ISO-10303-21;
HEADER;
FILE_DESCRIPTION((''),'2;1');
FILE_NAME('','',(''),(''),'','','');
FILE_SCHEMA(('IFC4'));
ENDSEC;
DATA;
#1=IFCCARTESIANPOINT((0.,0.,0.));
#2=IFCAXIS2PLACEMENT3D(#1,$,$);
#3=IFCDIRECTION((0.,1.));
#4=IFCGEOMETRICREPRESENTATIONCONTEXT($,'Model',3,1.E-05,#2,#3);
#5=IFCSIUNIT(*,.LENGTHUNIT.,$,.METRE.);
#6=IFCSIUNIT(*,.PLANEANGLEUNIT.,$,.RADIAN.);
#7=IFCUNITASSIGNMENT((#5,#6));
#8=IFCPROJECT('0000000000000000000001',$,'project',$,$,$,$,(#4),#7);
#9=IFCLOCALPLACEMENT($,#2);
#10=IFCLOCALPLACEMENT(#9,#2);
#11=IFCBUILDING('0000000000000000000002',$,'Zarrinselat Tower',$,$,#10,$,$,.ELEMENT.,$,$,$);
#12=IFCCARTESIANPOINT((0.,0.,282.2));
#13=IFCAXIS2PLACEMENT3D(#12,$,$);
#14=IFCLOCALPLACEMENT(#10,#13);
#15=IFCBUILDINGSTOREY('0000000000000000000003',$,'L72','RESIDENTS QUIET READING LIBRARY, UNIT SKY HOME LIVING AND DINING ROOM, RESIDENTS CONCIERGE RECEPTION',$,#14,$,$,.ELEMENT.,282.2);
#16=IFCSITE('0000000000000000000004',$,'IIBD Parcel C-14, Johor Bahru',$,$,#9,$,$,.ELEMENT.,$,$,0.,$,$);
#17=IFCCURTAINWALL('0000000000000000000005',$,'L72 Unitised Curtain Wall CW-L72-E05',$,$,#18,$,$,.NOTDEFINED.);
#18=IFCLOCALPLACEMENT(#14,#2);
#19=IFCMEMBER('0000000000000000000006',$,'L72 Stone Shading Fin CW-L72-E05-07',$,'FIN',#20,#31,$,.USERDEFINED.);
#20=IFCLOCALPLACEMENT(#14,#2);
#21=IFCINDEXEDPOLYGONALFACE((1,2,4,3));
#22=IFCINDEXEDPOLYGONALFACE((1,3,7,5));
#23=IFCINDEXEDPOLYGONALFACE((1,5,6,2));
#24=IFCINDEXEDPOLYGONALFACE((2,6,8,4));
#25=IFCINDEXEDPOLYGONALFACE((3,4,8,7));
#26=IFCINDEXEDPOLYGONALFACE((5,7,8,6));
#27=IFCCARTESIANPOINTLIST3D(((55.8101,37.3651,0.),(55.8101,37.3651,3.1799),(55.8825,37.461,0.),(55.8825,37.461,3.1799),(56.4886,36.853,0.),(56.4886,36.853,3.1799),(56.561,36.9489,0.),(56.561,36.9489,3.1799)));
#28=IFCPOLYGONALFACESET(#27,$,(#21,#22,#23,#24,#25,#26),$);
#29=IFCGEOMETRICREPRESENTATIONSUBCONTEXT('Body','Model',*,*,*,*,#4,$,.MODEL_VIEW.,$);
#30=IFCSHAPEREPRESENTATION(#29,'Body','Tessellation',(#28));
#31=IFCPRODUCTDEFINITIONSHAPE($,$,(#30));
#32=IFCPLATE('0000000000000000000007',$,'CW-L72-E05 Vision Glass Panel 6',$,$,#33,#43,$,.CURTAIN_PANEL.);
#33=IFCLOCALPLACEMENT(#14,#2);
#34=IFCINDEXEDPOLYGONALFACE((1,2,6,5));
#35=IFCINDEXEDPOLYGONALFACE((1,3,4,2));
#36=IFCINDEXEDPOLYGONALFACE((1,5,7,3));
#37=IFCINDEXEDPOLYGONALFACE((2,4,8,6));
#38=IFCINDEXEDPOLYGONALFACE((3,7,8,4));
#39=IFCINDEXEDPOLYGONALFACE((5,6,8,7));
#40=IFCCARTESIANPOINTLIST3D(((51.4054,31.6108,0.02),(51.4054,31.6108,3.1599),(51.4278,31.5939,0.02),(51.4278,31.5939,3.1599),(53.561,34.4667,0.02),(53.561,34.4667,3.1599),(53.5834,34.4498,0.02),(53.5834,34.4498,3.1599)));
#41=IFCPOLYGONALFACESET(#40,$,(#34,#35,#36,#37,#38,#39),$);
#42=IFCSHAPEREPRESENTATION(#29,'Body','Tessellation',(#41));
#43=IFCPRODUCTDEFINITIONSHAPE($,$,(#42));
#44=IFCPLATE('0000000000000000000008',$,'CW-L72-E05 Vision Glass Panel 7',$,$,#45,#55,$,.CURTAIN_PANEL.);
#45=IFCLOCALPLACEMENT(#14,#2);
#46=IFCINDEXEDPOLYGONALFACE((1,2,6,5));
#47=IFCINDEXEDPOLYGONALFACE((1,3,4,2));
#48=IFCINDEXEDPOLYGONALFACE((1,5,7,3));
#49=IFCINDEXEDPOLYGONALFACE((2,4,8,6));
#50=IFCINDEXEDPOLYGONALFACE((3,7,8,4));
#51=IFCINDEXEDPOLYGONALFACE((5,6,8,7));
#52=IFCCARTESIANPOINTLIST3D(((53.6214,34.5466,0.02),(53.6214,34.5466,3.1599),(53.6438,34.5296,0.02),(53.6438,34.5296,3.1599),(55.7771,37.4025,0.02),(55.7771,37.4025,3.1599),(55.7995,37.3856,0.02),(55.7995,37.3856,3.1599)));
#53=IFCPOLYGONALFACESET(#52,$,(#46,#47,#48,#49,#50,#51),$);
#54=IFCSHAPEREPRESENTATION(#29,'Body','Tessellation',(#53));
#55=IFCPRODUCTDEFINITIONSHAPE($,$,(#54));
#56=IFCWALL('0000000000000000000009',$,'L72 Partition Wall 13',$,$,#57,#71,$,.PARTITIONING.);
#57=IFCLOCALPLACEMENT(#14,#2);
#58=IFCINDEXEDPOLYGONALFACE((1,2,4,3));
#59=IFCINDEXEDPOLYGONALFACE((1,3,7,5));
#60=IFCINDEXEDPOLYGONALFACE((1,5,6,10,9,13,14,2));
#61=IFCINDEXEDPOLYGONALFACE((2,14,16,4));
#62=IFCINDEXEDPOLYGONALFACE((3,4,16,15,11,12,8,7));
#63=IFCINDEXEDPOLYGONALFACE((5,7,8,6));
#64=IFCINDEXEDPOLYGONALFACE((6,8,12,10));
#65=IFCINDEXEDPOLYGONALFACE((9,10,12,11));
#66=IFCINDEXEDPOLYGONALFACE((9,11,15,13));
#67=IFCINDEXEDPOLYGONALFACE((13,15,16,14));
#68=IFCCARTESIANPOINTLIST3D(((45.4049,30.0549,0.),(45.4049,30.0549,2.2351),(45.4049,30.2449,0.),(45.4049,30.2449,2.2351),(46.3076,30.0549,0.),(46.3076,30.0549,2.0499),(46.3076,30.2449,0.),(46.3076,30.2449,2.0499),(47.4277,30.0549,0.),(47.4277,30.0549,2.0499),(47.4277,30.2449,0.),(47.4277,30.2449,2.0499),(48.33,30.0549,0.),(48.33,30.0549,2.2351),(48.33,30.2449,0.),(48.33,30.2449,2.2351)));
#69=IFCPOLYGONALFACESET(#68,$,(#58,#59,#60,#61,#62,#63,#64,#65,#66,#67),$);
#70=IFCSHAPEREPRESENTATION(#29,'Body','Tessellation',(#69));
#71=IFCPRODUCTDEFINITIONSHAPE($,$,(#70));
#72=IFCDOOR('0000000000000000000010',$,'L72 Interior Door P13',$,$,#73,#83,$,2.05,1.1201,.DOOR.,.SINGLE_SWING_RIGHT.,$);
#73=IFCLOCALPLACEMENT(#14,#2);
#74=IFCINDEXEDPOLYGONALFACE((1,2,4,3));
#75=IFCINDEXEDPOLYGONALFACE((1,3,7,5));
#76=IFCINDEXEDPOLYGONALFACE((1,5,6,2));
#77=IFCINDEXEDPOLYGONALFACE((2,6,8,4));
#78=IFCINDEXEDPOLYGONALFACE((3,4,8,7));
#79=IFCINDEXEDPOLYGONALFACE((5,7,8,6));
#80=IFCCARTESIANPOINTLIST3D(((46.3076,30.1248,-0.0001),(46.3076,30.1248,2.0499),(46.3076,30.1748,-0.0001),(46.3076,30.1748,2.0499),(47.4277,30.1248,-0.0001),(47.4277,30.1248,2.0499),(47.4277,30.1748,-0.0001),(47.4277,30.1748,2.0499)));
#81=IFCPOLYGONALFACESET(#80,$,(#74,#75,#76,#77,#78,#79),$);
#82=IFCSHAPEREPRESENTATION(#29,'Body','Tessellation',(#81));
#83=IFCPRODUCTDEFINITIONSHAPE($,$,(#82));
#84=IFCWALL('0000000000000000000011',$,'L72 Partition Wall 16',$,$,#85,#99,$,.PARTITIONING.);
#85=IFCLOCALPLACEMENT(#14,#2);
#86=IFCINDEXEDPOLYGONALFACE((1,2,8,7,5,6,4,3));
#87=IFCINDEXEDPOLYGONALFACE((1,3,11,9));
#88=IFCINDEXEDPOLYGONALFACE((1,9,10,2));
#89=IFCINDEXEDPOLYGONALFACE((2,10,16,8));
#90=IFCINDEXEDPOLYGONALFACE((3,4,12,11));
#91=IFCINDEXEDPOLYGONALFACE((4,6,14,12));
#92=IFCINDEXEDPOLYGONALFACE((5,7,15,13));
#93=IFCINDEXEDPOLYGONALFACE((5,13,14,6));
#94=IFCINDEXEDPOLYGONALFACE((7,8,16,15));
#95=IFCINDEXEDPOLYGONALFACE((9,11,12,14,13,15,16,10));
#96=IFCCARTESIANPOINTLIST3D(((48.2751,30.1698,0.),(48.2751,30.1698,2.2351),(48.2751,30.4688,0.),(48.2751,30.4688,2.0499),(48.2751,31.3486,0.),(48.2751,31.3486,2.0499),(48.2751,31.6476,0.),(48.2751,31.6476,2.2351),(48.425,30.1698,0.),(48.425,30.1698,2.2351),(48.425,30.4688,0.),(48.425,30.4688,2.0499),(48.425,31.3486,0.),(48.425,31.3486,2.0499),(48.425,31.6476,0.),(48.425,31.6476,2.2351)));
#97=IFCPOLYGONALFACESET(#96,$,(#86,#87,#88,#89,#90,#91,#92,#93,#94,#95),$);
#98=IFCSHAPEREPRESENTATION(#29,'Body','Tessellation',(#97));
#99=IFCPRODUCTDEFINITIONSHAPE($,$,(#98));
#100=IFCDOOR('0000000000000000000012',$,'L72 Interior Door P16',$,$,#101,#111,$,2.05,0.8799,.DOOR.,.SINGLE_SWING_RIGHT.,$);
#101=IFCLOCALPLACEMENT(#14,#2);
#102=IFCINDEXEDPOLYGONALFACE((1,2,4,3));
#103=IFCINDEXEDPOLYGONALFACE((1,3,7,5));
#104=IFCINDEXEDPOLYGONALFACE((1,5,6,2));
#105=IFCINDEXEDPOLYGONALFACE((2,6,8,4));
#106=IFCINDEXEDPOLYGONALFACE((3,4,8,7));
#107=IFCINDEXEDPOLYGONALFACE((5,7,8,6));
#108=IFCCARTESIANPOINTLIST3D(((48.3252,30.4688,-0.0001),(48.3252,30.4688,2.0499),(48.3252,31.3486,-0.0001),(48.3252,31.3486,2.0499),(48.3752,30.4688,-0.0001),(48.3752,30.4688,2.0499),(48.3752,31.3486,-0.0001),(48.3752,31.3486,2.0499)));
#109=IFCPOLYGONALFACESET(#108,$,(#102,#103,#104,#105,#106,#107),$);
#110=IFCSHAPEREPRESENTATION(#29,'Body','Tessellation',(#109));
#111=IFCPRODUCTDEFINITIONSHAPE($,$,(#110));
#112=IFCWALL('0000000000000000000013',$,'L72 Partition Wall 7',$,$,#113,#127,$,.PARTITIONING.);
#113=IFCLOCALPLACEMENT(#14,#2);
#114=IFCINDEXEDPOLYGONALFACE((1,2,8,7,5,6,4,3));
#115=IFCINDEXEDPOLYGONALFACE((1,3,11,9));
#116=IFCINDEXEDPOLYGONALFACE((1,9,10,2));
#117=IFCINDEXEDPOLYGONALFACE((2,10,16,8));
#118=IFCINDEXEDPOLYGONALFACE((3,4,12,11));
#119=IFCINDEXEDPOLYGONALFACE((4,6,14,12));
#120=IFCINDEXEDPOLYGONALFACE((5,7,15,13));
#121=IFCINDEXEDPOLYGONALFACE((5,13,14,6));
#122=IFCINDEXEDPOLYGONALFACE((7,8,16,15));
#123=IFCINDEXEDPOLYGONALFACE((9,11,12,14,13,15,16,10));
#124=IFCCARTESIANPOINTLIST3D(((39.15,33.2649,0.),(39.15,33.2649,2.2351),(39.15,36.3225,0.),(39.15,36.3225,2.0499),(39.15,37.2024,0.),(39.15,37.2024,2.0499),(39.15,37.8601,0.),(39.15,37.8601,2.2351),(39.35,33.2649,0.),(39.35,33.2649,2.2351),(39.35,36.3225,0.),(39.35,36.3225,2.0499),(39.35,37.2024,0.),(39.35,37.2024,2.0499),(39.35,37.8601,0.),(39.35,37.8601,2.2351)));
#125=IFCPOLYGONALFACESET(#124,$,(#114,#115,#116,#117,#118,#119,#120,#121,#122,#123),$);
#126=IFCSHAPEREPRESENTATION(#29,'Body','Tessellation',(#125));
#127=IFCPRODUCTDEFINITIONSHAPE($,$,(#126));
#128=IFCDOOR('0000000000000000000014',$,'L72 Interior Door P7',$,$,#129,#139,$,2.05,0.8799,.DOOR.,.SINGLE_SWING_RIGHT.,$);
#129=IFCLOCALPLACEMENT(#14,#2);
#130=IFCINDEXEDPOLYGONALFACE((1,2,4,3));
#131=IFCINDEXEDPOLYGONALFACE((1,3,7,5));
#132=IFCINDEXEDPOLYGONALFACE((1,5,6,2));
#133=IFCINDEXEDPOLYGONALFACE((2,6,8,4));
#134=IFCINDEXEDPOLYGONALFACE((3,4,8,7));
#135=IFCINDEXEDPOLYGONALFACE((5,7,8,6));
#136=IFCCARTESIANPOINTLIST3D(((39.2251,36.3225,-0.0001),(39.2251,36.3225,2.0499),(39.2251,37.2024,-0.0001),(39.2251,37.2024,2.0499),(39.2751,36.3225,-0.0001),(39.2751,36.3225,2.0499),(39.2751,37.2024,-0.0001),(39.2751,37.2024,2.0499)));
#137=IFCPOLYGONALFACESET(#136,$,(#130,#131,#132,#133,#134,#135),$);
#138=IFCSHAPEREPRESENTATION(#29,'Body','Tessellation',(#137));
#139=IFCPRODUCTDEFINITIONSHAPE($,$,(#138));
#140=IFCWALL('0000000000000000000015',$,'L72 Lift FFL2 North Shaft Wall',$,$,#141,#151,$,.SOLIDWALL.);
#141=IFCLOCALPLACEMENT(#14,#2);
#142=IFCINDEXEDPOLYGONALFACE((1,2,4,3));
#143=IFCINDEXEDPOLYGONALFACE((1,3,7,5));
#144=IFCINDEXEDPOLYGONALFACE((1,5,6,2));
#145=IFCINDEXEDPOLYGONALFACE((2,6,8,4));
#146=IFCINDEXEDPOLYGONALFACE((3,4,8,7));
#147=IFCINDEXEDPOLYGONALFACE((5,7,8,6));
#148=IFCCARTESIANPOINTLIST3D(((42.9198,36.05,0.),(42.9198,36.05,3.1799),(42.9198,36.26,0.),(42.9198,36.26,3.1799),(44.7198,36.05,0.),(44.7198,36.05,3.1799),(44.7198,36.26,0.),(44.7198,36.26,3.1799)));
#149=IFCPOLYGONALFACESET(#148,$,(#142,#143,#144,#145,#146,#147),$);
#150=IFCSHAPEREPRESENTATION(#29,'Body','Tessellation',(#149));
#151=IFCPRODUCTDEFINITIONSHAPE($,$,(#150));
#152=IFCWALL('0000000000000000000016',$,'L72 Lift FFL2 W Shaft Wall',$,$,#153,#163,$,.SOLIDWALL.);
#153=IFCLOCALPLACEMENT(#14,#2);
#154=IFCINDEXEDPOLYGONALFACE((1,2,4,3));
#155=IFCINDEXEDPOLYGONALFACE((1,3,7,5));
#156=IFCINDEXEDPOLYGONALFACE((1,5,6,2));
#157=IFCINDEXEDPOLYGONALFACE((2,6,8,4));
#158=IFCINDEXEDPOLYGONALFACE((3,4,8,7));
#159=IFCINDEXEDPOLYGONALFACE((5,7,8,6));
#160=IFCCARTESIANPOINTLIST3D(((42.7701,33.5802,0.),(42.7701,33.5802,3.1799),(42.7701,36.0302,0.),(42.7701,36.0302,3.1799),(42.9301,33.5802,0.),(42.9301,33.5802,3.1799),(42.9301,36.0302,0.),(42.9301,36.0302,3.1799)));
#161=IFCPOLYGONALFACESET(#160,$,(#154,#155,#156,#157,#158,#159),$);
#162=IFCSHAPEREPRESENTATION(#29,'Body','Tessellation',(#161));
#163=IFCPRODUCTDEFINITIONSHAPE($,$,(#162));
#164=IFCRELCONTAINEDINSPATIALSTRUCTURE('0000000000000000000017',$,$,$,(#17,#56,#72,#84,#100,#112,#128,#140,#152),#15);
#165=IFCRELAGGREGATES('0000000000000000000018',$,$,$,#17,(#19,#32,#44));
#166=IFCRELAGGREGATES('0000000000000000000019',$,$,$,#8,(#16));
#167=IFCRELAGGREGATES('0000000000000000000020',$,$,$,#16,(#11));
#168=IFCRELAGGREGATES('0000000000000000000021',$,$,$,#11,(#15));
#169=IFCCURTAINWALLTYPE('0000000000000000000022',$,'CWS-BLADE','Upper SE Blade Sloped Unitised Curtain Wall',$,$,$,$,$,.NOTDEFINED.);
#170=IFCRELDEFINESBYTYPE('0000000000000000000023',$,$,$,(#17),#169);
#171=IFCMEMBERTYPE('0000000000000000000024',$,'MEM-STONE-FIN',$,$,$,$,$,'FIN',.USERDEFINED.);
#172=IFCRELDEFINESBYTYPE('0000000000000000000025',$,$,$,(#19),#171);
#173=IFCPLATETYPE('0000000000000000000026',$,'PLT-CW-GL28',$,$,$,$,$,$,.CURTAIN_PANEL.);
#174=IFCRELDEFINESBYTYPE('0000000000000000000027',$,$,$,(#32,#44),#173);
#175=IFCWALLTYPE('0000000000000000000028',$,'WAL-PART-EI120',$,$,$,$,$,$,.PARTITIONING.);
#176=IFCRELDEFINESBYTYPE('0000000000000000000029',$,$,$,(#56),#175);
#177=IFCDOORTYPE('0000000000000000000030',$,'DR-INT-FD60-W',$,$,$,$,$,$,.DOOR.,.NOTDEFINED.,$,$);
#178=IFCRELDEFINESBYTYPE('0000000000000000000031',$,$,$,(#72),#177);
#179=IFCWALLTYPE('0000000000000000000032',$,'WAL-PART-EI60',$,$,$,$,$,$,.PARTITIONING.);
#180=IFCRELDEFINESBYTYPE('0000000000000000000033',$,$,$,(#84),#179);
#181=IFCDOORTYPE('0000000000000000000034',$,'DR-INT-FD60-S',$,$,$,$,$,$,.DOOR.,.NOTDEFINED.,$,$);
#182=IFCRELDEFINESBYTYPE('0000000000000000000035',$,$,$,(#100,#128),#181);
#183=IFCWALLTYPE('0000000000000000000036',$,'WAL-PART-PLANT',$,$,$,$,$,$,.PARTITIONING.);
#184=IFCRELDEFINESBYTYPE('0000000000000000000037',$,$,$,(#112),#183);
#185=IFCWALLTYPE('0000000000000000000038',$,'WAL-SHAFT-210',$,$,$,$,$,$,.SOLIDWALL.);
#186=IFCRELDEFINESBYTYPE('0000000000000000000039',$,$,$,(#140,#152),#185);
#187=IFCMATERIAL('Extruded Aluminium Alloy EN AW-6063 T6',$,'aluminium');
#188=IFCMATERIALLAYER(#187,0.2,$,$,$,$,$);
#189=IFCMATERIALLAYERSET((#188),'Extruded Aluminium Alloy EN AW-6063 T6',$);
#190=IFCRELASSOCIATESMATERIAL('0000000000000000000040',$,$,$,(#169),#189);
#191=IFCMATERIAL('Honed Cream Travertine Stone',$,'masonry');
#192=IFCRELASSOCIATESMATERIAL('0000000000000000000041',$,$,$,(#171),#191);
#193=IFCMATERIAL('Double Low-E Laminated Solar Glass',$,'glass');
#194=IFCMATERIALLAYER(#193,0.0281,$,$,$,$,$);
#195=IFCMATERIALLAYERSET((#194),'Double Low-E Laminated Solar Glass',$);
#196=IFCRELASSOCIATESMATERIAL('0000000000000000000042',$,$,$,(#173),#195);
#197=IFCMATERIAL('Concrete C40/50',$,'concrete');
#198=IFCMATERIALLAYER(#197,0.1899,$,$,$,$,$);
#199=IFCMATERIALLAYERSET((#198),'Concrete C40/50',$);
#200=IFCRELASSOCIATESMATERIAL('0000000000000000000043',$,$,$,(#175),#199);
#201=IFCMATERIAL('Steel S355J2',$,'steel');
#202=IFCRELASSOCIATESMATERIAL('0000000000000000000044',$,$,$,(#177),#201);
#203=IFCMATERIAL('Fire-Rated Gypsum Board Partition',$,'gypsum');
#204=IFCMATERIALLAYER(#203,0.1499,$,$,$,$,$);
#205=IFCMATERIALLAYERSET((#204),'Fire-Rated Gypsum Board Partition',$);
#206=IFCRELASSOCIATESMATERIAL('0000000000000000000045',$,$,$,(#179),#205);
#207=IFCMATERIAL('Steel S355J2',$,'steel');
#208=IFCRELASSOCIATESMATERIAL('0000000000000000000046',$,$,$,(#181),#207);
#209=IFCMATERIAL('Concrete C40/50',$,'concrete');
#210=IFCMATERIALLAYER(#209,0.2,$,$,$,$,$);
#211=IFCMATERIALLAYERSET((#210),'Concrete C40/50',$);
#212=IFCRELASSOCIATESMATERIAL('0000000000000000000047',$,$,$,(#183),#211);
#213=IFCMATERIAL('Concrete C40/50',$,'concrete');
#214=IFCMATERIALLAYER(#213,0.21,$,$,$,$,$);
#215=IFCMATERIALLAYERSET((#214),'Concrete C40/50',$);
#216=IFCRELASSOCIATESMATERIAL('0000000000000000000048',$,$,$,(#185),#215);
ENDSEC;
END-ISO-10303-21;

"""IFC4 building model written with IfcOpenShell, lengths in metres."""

from ifc_helpers import new_model, si_unit, direction, frame, frame_2d, origin, origin_2d, place, context, subcontext, project, spatial, rectangle, extrude, material, layer, layer_set, material_profile, profile_set, type_object, element, fill, aggregate, save


model = new_model("IFC4")

# Units and contexts
model_context = context("Model", 3, precision=1e-05, world=origin(), true_north=direction((0.0, 1.0)))
body_context = subcontext(model_context, "Body", "Model", "MODEL_VIEW")
ifc_project = project(units=[si_unit("LENGTHUNIT", "METRE"), si_unit("PLANEANGLEUNIT", "RADIAN")], contexts=[model_context])

# Site, building, storey
site_placement = place(None, origin())
site = spatial("IfcSite", under=ifc_project, at=site_placement, Name="IIBD Parcel C-14, Johor Bahru", CompositionType="ELEMENT", RefElevation=0.0)
building_placement = place(site_placement, origin())
building = spatial("IfcBuilding", under=site, at=building_placement, Name="Zarrinselat Tower", CompositionType="ELEMENT")
storey_placement = place(building_placement, frame((0.0, 0.0, 282.2)))
storey = spatial("IfcBuildingStorey", under=building, at=storey_placement, Name="L72", Description="RESIDENTS QUIET READING LIBRARY, UNIT SKY HOME LIVING AND DINING ROOM, RESIDENTS CONCIERGE RECEPTION", CompositionType="ELEMENT", Elevation=282.2)

# Curtain wall, member, plates
ifc_material_1 = material(Name="Extruded Aluminium Alloy EN AW-6063 T6", Category="aluminium")
ifc_layer_1 = layer(ifc_material_1, 0.2)
ifc_layer_set_1 = layer_set([ifc_layer_1], Name="Extruded Aluminium Alloy EN AW-6063 T6")
curtain_wall_type = type_object("IfcCurtainWallType", Name="CWS-BLADE", Description="Upper SE Blade Sloped Unitised Curtain Wall", PredefinedType="NOTDEFINED", material=ifc_layer_set_1)
curtain_wall_placement = place(storey_placement, origin())
curtain_wall = element("IfcCurtainWall", 1, at=curtain_wall_placement, inside=storey, type_object=curtain_wall_type, Name="L72 Unitised Curtain Wall CW-L72-E05", PredefinedType="NOTDEFINED")
ifc_material_2 = material(Name="Honed Cream Travertine Stone", Category="masonry")
ifc_material_profile_1 = material_profile(ifc_material_2, rectangle(XDim=0.1201, YDim=0.8501, at=origin_2d()), Name="FIN 850x120")
ifc_profile_set_1 = profile_set([ifc_material_profile_1], Name="Honed Cream Travertine Stone")
member_type_1 = type_object("IfcMemberType", Name="MEM-STONE-FIN", ElementType="FIN", PredefinedType="USERDEFINED", material=ifc_profile_set_1)
member_1_placement = place(storey_placement, frame((56.1855, 37.157, 0.0), z_axis=(0.0, 0.0, 1.0), x_axis=(-0.602445, -0.79816, 0.0)))
member_1 = element("IfcMember", 2, at=member_1_placement, type_object=member_type_1, Name="L72 Stone Shading Fin CW-L72-E05-07", ObjectType="FIN", PredefinedType="USERDEFINED", context=body_context, shape_type="SweptSolid", body=[
    extrude(rectangle(XDim=0.1201, YDim=0.8501, at=origin_2d()), origin(), (0.0, 0.0, 1.0), 3.1799),
])
ifc_material_3 = material(Name="Double Low-E Laminated Solar Glass", Category="glass")
ifc_layer_2 = layer(ifc_material_3, 0.0281)
ifc_layer_set_2 = layer_set([ifc_layer_2], Name="Double Low-E Laminated Solar Glass")
plate_type = type_object("IfcPlateType", Name="PLT-CW-GL28", PredefinedType="CURTAIN_PANEL", material=ifc_layer_set_2)
plate_1_placement = place(storey_placement, frame((52.4944, 33.0303, 0.02), z_axis=(0.0, 0.0, 1.0), x_axis=(0.602445, 0.79816, 0.0)))
plate_1 = element("IfcPlate", 3, at=plate_1_placement, type_object=plate_type, Name="CW-L72-E05 Vision Glass Panel 6", PredefinedType="CURTAIN_PANEL", context=body_context, shape_type="SweptSolid", body=[
    extrude(rectangle(XDim=3.5781, YDim=0.0281, at=origin_2d()), origin(), (0.0, 0.0, 1.0), 3.1399),
])
plate_2_placement = place(storey_placement, frame((54.7104, 35.9661, 0.02), z_axis=(0.0, 0.0, 1.0), x_axis=(0.602445, 0.79816, 0.0)))
plate_2 = element("IfcPlate", 4, at=plate_2_placement, type_object=plate_type, Name="CW-L72-E05 Vision Glass Panel 7", PredefinedType="CURTAIN_PANEL", context=body_context, shape_type="SweptSolid", body=[
    extrude(rectangle(XDim=3.5781, YDim=0.0281, at=origin_2d()), origin(), (0.0, 0.0, 1.0), 3.1399),
])
aggregate(curtain_wall, [member_1, plate_1, plate_2])

# Walls, openings, doors
ifc_material_4 = material(Name="Concrete C40/50", Category="concrete")
ifc_layer_3 = layer(ifc_material_4, 0.1899)
ifc_layer_set_3 = layer_set([ifc_layer_3], Name="Concrete C40/50")
wall_type_1 = type_object("IfcWallType", Name="WAL-PART-EI120", PredefinedType="PARTITIONING", material=ifc_layer_set_3)
wall_1_placement = place(storey_placement, frame((45.405, 30.1499, 0.0), z_axis=(0.0, 0.0, 1.0), x_axis=(1.0, 0.0, 0.0)))
wall_1 = element("IfcWall", 5, at=wall_1_placement, inside=storey, type_object=wall_type_1, Name="L72 Partition Wall 13", PredefinedType="PARTITIONING", context=body_context, shape_type="SweptSolid", body=[
    extrude(rectangle(XDim=2.925, YDim=0.1899, at=frame_2d((1.4624, 0.0))), origin(), (0.0, 0.0, 1.0), 2.2351),
])
opening_1_placement = place(wall_1_placement, frame((0.9026, 0.0, 0.0)))
opening_1 = element("IfcOpeningElement", 6, at=opening_1_placement, cuts=wall_1, PredefinedType="OPENING", context=body_context, shape_type="SweptSolid", body=[
    extrude(rectangle(XDim=1.1201, YDim=2.05, at=frame_2d((0.5601, 1.0249))), frame((0.0, 0.105, 0.0), z_axis=(0.0, -1.0, 0.0), x_axis=(1.0, 0.0, 0.0)), (0.0, 0.0, 1.0), 0.21),
])
ifc_material_5 = material(Name="Steel S355J2", Category="steel")
door_type_1 = type_object("IfcDoorType", Name="DR-INT-FD60-W", OperationType="NOTDEFINED", PredefinedType="DOOR", material=ifc_material_5)
door_1_placement = place(opening_1_placement, origin())
door_1 = element("IfcDoor", 7, at=door_1_placement, inside=storey, type_object=door_type_1, Name="L72 Interior Door P13", OperationType="SINGLE_SWING_RIGHT", OverallHeight=2.05, OverallWidth=1.1201, PredefinedType="DOOR", context=body_context, shape_type="SweptSolid", body=[
    extrude(rectangle(XDim=1.1201, YDim=2.05, at=frame_2d((0.5601, 1.0249))), frame((0.0, 0.0249, 0.0), z_axis=(0.0, -1.0, 0.0), x_axis=(1.0, 0.0, 0.0)), (0.0, 0.0, 1.0), 0.05),
])
fill(opening_1, door_1)
ifc_material_6 = material(Name="Fire-Rated Gypsum Board Partition", Category="gypsum")
ifc_layer_4 = layer(ifc_material_6, 0.1499)
ifc_layer_set_4 = layer_set([ifc_layer_4], Name="Fire-Rated Gypsum Board Partition")
wall_type_2 = type_object("IfcWallType", Name="WAL-PART-EI60", PredefinedType="PARTITIONING", material=ifc_layer_set_4)
wall_2_placement = place(storey_placement, frame((48.3501, 30.1699, 0.0), z_axis=(0.0, 0.0, 1.0), x_axis=(0.0, 1.0, 0.0)))
wall_2 = element("IfcWall", 8, at=wall_2_placement, inside=storey, type_object=wall_type_2, Name="L72 Partition Wall 16", PredefinedType="PARTITIONING", context=body_context, shape_type="SweptSolid", body=[
    extrude(rectangle(XDim=1.4778, YDim=0.1499, at=frame_2d((0.7388, 0.0))), origin(), (0.0, 0.0, 1.0), 2.2351),
])
opening_2_placement = place(wall_2_placement, frame((0.2988, 0.0, 0.0)))
opening_2 = element("IfcOpeningElement", 9, at=opening_2_placement, cuts=wall_2, PredefinedType="OPENING", context=body_context, shape_type="SweptSolid", body=[
    extrude(rectangle(XDim=0.8799, YDim=2.05, at=frame_2d((0.4399, 1.0249))), frame((0.0, 0.085, 0.0), z_axis=(0.0, -1.0, 0.0), x_axis=(1.0, 0.0, 0.0)), (0.0, 0.0, 1.0), 0.1699),
])
ifc_material_7 = material(Name="Steel S355J2", Category="steel")
door_type_2 = type_object("IfcDoorType", Name="DR-INT-FD60-S", OperationType="NOTDEFINED", PredefinedType="DOOR", material=ifc_material_7)
door_2_placement = place(opening_2_placement, origin())
door_2 = element("IfcDoor", 10, at=door_2_placement, inside=storey, type_object=door_type_2, Name="L72 Interior Door P16", OperationType="SINGLE_SWING_RIGHT", OverallHeight=2.05, OverallWidth=0.8799, PredefinedType="DOOR", context=body_context, shape_type="SweptSolid", body=[
    extrude(rectangle(XDim=0.8799, YDim=2.05, at=frame_2d((0.4399, 1.0249))), frame((0.0, 0.0249, 0.0), z_axis=(0.0, -1.0, 0.0), x_axis=(1.0, 0.0, 0.0)), (0.0, 0.0, 1.0), 0.05),
])
fill(opening_2, door_2)
ifc_material_8 = material(Name="Concrete C40/50", Category="concrete")
ifc_layer_5 = layer(ifc_material_8, 0.2)
ifc_layer_set_5 = layer_set([ifc_layer_5], Name="Concrete C40/50")
wall_type_3 = type_object("IfcWallType", Name="WAL-PART-PLANT", PredefinedType="PARTITIONING", material=ifc_layer_set_5)
wall_3_placement = place(storey_placement, frame((39.25, 33.2649, 0.0), z_axis=(0.0, 0.0, 1.0), x_axis=(0.0, 1.0, 0.0)))
wall_3 = element("IfcWall", 11, at=wall_3_placement, inside=storey, type_object=wall_type_3, Name="L72 Partition Wall 7", PredefinedType="PARTITIONING", context=body_context, shape_type="SweptSolid", body=[
    extrude(rectangle(XDim=4.5952, YDim=0.2, at=frame_2d((2.2976, 0.0))), origin(), (0.0, 0.0, 1.0), 2.2351),
])
opening_3_placement = place(wall_3_placement, frame((3.0576, 0.0, 0.0)))
opening_3 = element("IfcOpeningElement", 12, at=opening_3_placement, cuts=wall_3, PredefinedType="OPENING", context=body_context, shape_type="SweptSolid", body=[
    extrude(rectangle(XDim=0.8799, YDim=2.05, at=frame_2d((0.4399, 1.0249))), frame((0.0, 0.1099, 0.0), z_axis=(0.0, -1.0, 0.0), x_axis=(1.0, 0.0, 0.0)), (0.0, 0.0, 1.0), 0.22),
])
door_3_placement = place(opening_3_placement, origin())
door_3 = element("IfcDoor", 13, at=door_3_placement, inside=storey, type_object=door_type_2, Name="L72 Interior Door P7", OperationType="SINGLE_SWING_RIGHT", OverallHeight=2.05, OverallWidth=0.8799, PredefinedType="DOOR", context=body_context, shape_type="SweptSolid", body=[
    extrude(rectangle(XDim=0.8799, YDim=2.05, at=frame_2d((0.4399, 1.0249))), frame((0.0, 0.0249, 0.0), z_axis=(0.0, -1.0, 0.0), x_axis=(1.0, 0.0, 0.0)), (0.0, 0.0, 1.0), 0.05),
])
fill(opening_3, door_3)

# Walls
ifc_material_9 = material(Name="Concrete C40/50", Category="concrete")
ifc_layer_6 = layer(ifc_material_9, 0.21)
ifc_layer_set_6 = layer_set([ifc_layer_6], Name="Concrete C40/50")
wall_type_4 = type_object("IfcWallType", Name="WAL-SHAFT-210", PredefinedType="SOLIDWALL", material=ifc_layer_set_6)
wall_4_placement = place(storey_placement, frame((42.9199, 36.155, 0.0), z_axis=(0.0, 0.0, 1.0), x_axis=(1.0, 0.0, 0.0)))
element("IfcWall", 14, at=wall_4_placement, inside=storey, type_object=wall_type_4, Name="L72 Lift FFL2 North Shaft Wall", PredefinedType="SOLIDWALL", context=body_context, shape_type="SweptSolid", body=[
    extrude(rectangle(XDim=1.8, YDim=0.21, at=frame_2d((0.8999, 0.0))), origin(), (0.0, 0.0, 1.0), 3.1799),
])
wall_5_placement = place(storey_placement, frame((42.8501, 33.5801, 0.0), z_axis=(0.0, 0.0, 1.0), x_axis=(0.0, 1.0, 0.0)))
element("IfcWall", 15, at=wall_5_placement, inside=storey, type_object=wall_type_4, Name="L72 Lift FFL2 W Shaft Wall", PredefinedType="SOLIDWALL", context=body_context, shape_type="SweptSolid", body=[
    extrude(rectangle(XDim=2.45, YDim=0.1599, at=frame_2d((1.2251, 0.0))), origin(), (0.0, 0.0, 1.0), 3.1799),
])

save(model, "model.ifc")
